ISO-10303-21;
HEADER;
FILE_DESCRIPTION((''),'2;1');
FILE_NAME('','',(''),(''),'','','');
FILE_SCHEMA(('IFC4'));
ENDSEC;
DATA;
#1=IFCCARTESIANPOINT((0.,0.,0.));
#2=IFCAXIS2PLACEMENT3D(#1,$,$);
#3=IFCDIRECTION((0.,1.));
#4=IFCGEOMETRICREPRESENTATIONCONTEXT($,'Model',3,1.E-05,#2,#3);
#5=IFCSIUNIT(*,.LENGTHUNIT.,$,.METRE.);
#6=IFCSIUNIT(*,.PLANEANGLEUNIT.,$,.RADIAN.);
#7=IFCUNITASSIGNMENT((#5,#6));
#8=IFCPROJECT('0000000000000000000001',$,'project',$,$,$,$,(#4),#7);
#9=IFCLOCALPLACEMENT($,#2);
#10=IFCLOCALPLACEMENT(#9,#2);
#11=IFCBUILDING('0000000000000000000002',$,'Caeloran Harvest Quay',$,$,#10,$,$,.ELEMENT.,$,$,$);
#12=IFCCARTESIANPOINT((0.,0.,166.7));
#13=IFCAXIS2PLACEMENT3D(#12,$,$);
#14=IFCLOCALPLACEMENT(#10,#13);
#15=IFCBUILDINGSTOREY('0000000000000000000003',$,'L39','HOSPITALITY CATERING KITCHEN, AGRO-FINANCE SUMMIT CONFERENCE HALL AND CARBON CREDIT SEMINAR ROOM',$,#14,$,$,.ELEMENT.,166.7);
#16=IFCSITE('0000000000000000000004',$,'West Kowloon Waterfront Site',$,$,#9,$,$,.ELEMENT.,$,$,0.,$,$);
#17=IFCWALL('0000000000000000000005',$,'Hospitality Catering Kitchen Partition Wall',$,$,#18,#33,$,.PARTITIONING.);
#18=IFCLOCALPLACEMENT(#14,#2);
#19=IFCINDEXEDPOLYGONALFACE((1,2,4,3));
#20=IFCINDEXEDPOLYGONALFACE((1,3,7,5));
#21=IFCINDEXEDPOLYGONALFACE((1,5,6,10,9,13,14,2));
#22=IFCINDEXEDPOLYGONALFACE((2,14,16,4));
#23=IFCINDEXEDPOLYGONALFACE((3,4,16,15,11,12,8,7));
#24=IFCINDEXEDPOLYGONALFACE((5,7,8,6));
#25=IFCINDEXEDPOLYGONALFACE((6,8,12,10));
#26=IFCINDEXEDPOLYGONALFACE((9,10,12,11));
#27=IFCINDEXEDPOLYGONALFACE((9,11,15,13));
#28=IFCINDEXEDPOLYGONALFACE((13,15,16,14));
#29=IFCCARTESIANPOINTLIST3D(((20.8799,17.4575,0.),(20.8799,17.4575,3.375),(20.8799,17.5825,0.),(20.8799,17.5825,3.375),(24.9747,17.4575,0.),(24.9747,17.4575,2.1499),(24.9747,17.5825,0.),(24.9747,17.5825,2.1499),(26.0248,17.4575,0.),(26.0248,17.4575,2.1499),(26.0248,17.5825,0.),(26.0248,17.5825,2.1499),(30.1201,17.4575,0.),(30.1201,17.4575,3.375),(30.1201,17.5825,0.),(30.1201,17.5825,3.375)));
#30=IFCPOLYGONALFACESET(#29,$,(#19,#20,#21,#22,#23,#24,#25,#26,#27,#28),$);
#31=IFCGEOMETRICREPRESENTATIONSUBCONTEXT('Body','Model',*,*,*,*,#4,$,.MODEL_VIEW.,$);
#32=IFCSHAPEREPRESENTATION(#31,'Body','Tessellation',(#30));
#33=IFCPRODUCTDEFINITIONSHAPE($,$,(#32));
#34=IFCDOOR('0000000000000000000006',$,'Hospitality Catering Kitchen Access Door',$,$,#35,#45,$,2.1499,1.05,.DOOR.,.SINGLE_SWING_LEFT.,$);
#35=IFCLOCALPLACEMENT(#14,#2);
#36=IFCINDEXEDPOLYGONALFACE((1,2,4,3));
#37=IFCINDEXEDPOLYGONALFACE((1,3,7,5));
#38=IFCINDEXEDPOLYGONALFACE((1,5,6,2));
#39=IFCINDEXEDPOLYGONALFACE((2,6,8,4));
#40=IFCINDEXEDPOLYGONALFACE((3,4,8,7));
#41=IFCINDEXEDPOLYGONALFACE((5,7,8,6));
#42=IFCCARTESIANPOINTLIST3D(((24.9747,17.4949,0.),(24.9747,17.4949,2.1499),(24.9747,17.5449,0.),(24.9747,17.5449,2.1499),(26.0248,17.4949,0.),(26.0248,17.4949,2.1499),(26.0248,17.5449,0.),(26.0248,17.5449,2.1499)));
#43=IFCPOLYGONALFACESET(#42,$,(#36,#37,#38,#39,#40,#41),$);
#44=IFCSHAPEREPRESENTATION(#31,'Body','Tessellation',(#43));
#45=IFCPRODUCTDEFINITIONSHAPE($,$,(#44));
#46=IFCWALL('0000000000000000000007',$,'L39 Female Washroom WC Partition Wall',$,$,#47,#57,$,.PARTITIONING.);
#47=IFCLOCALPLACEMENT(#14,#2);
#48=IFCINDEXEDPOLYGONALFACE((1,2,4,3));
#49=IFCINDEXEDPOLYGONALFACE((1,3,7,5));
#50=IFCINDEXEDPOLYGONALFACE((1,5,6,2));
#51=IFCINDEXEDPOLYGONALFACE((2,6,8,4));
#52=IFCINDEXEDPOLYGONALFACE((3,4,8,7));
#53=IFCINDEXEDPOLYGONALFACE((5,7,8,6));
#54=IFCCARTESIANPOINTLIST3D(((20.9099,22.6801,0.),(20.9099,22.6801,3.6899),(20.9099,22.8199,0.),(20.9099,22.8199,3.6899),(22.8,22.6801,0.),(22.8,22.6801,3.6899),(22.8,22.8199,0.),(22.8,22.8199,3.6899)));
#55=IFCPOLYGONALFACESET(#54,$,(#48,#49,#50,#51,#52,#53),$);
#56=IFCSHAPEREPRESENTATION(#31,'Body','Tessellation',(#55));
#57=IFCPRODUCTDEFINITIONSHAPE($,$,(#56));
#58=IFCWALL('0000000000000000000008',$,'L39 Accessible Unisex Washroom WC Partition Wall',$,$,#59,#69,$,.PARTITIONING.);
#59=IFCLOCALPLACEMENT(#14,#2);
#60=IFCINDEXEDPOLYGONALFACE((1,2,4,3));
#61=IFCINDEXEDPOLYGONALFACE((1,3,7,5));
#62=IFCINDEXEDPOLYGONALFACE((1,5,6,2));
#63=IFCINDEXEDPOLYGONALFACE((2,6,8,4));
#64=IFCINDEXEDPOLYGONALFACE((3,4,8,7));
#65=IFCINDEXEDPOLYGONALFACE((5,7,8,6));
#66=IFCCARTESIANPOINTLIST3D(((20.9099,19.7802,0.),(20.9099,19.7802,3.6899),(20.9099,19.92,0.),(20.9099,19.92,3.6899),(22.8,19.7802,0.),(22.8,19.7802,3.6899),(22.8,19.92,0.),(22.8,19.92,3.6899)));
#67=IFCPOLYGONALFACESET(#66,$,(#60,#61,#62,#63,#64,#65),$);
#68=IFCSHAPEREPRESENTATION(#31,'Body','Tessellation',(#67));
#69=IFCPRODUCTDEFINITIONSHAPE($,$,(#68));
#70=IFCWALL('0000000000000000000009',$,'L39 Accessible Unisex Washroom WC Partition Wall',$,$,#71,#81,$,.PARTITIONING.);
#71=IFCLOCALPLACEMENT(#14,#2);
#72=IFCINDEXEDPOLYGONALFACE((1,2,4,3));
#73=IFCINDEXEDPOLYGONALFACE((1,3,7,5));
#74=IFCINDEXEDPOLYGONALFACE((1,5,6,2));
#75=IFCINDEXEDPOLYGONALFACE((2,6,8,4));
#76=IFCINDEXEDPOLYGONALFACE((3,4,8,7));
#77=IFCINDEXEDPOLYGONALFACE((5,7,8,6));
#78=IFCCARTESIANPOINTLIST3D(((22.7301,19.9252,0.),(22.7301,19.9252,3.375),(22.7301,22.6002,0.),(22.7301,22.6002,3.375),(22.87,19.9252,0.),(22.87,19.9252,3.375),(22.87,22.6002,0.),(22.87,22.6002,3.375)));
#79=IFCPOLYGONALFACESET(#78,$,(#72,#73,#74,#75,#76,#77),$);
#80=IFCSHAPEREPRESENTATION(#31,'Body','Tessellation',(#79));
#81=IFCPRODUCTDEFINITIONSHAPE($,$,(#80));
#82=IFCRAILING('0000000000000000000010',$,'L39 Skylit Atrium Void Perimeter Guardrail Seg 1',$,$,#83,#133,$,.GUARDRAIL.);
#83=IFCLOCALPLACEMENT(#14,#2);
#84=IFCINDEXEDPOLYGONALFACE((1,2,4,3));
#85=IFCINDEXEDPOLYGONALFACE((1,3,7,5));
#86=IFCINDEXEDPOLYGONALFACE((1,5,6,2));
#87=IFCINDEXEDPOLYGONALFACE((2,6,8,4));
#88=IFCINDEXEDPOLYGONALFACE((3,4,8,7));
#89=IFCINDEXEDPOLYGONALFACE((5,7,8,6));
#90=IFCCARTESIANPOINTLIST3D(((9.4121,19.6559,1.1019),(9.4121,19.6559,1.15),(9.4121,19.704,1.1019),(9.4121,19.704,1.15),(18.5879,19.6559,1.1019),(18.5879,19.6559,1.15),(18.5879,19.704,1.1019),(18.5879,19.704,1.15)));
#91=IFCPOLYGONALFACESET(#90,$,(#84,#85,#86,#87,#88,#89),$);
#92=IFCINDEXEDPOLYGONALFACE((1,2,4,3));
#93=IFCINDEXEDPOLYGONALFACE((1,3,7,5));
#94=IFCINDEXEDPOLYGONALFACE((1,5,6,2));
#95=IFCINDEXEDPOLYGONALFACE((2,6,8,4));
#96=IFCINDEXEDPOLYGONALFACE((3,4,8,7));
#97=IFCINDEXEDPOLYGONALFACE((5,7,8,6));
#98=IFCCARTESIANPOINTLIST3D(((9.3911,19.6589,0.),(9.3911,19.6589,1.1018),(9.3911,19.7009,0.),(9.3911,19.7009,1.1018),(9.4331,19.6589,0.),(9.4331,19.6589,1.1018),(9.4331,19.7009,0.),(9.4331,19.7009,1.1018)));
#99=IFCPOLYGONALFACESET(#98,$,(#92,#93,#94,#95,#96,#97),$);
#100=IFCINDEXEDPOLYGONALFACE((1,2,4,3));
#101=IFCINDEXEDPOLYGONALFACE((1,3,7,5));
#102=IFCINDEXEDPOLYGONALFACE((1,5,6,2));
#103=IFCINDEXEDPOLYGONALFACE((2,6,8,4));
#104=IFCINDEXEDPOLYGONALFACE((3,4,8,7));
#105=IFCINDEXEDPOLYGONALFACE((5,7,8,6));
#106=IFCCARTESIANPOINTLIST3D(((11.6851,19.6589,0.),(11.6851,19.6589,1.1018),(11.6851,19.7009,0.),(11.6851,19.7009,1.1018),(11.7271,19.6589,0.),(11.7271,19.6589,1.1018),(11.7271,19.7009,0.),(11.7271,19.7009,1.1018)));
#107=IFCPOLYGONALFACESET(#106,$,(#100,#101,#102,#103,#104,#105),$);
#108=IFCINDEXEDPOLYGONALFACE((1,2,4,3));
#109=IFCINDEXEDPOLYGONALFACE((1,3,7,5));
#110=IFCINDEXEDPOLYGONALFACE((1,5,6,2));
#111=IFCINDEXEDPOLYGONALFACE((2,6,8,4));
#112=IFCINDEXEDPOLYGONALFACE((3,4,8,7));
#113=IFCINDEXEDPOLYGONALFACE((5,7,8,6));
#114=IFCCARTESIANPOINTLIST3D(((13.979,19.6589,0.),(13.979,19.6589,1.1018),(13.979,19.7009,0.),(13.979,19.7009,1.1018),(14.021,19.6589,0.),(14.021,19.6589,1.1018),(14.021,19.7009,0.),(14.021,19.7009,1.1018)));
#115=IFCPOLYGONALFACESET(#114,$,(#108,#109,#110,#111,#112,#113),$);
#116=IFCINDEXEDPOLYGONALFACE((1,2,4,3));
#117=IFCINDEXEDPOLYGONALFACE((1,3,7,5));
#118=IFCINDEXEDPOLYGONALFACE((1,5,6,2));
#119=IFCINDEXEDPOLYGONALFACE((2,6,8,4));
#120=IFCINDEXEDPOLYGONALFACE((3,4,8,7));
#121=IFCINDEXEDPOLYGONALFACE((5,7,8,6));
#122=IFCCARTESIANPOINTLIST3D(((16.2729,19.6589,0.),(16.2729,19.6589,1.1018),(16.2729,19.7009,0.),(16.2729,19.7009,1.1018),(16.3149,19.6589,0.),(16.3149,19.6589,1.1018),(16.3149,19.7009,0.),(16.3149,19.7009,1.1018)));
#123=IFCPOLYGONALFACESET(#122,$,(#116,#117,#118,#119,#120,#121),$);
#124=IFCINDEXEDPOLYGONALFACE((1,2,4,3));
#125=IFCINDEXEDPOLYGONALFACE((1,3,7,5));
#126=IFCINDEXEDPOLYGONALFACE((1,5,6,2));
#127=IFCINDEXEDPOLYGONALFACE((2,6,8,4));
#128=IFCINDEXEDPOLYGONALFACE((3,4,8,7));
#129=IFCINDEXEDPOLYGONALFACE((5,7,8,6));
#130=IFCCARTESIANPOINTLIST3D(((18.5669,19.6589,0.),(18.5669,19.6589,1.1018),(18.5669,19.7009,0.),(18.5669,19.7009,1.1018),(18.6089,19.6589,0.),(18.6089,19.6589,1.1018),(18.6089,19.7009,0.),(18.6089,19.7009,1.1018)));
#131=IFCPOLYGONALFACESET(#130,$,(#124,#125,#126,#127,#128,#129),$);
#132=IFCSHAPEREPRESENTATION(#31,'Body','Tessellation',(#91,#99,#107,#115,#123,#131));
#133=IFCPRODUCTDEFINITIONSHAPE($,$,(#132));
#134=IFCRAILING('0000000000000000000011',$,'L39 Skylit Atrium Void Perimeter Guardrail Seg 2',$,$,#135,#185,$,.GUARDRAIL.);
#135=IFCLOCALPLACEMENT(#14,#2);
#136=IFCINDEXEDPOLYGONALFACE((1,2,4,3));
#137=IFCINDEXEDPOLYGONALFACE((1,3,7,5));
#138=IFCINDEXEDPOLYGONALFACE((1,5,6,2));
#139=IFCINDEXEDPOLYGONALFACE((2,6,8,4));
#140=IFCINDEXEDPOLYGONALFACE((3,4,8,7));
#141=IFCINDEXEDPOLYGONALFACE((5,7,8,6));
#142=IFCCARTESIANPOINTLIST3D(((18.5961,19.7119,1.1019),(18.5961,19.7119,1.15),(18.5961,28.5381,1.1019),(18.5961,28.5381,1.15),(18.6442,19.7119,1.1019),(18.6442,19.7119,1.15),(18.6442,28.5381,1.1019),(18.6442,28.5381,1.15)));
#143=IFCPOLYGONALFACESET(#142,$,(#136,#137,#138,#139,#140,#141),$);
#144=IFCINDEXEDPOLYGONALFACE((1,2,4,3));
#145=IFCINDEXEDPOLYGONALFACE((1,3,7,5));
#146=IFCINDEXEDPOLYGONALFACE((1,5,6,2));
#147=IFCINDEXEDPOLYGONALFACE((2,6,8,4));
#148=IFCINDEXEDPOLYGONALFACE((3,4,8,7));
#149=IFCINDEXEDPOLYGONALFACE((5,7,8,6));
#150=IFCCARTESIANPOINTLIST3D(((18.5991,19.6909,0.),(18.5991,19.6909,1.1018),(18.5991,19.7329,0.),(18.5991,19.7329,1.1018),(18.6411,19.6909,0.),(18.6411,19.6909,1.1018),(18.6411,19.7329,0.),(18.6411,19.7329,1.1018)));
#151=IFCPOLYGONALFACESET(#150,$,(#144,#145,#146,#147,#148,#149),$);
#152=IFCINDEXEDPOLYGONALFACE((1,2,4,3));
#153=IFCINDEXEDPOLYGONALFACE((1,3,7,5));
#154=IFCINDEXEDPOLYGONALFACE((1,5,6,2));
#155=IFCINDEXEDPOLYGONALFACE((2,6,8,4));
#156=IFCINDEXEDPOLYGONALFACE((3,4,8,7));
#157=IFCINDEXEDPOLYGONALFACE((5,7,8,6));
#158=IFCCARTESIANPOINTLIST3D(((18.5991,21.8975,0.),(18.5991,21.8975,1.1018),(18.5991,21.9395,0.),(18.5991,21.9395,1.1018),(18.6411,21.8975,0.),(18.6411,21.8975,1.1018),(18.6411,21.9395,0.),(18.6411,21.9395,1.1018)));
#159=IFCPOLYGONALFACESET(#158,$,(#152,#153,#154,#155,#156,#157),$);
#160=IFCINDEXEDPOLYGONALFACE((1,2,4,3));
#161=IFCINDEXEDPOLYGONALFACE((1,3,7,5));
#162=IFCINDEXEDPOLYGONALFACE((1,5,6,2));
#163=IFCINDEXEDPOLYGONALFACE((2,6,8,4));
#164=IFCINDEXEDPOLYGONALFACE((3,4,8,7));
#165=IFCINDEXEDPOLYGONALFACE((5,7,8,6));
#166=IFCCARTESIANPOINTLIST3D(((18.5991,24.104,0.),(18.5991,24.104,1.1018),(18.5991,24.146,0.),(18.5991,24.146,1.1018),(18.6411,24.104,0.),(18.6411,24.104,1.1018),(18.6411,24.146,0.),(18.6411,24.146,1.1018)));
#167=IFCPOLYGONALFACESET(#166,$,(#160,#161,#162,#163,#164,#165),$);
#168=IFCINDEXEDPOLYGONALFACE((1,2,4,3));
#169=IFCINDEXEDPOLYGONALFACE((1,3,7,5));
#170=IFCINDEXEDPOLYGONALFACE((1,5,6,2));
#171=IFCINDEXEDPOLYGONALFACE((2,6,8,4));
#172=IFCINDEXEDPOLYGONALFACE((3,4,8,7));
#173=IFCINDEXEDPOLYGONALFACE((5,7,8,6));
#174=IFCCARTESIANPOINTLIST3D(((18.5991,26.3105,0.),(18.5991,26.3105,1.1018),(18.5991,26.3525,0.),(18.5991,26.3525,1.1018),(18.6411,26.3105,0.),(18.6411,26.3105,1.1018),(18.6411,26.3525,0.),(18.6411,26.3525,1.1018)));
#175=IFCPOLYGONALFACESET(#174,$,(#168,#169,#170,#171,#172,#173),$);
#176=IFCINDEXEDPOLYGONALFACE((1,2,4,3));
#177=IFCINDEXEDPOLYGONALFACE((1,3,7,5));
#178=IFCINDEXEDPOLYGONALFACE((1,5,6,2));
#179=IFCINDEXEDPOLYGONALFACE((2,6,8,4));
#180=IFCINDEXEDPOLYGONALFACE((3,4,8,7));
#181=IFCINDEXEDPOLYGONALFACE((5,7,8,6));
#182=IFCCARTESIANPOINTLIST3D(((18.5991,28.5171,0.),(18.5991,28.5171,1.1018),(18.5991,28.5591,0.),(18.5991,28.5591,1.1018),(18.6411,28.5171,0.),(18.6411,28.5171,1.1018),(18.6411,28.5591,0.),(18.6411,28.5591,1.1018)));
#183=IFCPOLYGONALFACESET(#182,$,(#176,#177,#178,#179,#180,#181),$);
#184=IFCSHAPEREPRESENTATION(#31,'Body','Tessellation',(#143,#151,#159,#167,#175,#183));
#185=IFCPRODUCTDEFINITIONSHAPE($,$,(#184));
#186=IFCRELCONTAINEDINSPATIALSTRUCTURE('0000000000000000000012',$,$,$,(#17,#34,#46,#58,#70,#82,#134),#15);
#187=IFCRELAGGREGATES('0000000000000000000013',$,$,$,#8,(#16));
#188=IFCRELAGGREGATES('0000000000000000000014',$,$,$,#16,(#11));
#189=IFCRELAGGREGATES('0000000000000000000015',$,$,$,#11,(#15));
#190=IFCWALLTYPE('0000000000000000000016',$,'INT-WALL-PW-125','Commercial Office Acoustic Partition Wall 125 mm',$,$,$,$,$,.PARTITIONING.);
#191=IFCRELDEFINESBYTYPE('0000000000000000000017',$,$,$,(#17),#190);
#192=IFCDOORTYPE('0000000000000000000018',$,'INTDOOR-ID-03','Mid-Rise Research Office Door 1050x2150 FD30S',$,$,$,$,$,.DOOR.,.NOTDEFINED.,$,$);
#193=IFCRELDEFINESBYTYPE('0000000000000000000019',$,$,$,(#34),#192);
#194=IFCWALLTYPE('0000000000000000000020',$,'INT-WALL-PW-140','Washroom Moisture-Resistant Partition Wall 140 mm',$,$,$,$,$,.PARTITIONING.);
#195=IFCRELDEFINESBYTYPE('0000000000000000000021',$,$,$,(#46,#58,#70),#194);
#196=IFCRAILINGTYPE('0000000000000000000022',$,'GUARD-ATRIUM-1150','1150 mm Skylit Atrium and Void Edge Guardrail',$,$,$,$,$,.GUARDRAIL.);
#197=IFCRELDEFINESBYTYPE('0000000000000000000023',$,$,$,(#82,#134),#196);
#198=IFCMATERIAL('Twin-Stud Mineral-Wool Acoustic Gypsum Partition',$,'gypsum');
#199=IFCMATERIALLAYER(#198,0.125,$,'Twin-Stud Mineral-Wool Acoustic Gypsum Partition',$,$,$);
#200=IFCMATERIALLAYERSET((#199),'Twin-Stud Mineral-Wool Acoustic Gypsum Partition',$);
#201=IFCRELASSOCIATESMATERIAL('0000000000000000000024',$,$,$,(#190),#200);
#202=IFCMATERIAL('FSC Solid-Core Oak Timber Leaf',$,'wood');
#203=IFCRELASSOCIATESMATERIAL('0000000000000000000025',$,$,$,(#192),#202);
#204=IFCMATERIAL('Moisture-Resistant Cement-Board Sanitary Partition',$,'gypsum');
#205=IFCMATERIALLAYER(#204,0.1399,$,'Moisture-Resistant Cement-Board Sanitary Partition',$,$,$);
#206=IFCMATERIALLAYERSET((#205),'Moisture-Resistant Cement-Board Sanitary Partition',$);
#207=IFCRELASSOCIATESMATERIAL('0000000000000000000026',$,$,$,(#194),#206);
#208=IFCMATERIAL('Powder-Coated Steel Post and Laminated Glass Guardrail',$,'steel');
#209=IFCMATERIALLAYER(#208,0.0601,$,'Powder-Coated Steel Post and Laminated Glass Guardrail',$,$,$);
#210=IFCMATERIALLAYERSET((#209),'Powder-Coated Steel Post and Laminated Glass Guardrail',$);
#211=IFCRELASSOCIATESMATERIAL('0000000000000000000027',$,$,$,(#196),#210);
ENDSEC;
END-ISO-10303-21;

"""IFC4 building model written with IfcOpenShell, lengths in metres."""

from ifc_helpers import new_model, si_unit, direction, frame, frame_2d, origin, origin_2d, place, context, subcontext, project, spatial, rectangle, extrude, material, layer, layer_set, type_object, element, fill, save


model = new_model("IFC4")

# Units and contexts
model_context = context("Model", 3, precision=1e-05, world=origin(), true_north=direction((0.0, 1.0)))
body_context = subcontext(model_context, "Body", "Model", "MODEL_VIEW")
ifc_project = project(units=[si_unit("LENGTHUNIT", "METRE"), si_unit("PLANEANGLEUNIT", "RADIAN")], contexts=[model_context])

# Site, building, storey
site_placement = place(None, origin())
site = spatial("IfcSite", under=ifc_project, at=site_placement, Name="West Kowloon Waterfront Site", CompositionType="ELEMENT", RefElevation=0.0)
building_placement = place(site_placement, origin())
building = spatial("IfcBuilding", under=site, at=building_placement, Name="Caeloran Harvest Quay", CompositionType="ELEMENT")
storey_placement = place(building_placement, frame((0.0, 0.0, 166.7)))
storey = spatial("IfcBuildingStorey", under=building, at=storey_placement, Name="L39", Description="HOSPITALITY CATERING KITCHEN, AGRO-FINANCE SUMMIT CONFERENCE HALL AND CARBON CREDIT SEMINAR ROOM", CompositionType="ELEMENT", Elevation=166.7)

# Shared definitions
ifc_material_1 = material(Name="Twin-Stud Mineral-Wool Acoustic Gypsum Partition", Category="gypsum")
ifc_layer_1 = layer(ifc_material_1, 0.125, Name="Twin-Stud Mineral-Wool Acoustic Gypsum Partition")
ifc_layer_set_1 = layer_set([ifc_layer_1], Name="Twin-Stud Mineral-Wool Acoustic Gypsum Partition")
wall_type_1 = type_object("IfcWallType", Name="INT-WALL-PW-125", Description="Commercial Office Acoustic Partition Wall 125 mm", PredefinedType="PARTITIONING", material=ifc_layer_set_1)
ifc_material_2 = material(Name="FSC Solid-Core Oak Timber Leaf", Category="wood")
door_type_1 = type_object("IfcDoorType", Name="INTDOOR-ID-03", Description="Mid-Rise Research Office Door 1050x2150 FD30S", OperationType="NOTDEFINED", PredefinedType="DOOR", material=ifc_material_2)

# Wall, opening, door
wall_1_placement = place(storey_placement, frame((20.8799, 17.52, 0.0), z_axis=(0.0, 0.0, 1.0), x_axis=(1.0, 0.0, 0.0)))
wall_1 = element("IfcWall", 1, at=wall_1_placement, inside=storey, type_object=wall_type_1, Name="Hospitality Catering Kitchen Partition Wall", PredefinedType="PARTITIONING", context=body_context, shape_type="SweptSolid", body=[
    extrude(rectangle(XDim=9.2402, YDim=0.125, at=frame_2d((4.6201, 0.0))), origin(), (0.0, 0.0, 1.0), 3.375),
])
opening_1_placement = place(wall_1_placement, frame((4.095, 0.0, 0.0)))
opening_1 = element("IfcOpeningElement", 2, at=opening_1_placement, cuts=wall_1, PredefinedType="OPENING", context=body_context, shape_type="SweptSolid", body=[
    extrude(rectangle(XDim=1.05, YDim=2.1499, at=frame_2d((0.5249, 1.075))), frame((0.0, 0.0725, 0.0), z_axis=(0.0, -1.0, 0.0), x_axis=(1.0, 0.0, 0.0)), (0.0, 0.0, 1.0), 0.145),
])
door_1_placement = place(opening_1_placement, origin())
door_1 = element("IfcDoor", 3, at=door_1_placement, inside=storey, type_object=door_type_1, Name="Hospitality Catering Kitchen Access Door", OperationType="SINGLE_SWING_LEFT", OverallHeight=2.1499, OverallWidth=1.05, PredefinedType="DOOR", context=body_context, shape_type="SweptSolid", body=[
    extrude(rectangle(XDim=1.05, YDim=2.1499, at=frame_2d((0.5249, 1.075))), frame((0.0, 0.0249, 0.0), z_axis=(0.0, -1.0, 0.0), x_axis=(1.0, 0.0, 0.0)), (0.0, 0.0, 1.0), 0.05),
])
fill(opening_1, door_1)

# Wall
ifc_material_3 = material(Name="Moisture-Resistant Cement-Board Sanitary Partition", Category="gypsum")
ifc_layer_2 = layer(ifc_material_3, 0.1399, Name="Moisture-Resistant Cement-Board Sanitary Partition")
ifc_layer_set_2 = layer_set([ifc_layer_2], Name="Moisture-Resistant Cement-Board Sanitary Partition")
wall_type_2 = type_object("IfcWallType", Name="INT-WALL-PW-140", Description="Washroom Moisture-Resistant Partition Wall 140 mm", PredefinedType="PARTITIONING", material=ifc_layer_set_2)
wall_2_placement = place(storey_placement, frame((22.8, 22.75, 0.0), z_axis=(0.0, 0.0, 1.0), x_axis=(-1.0, 0.0, 0.0)))
element("IfcWall", 4, at=wall_2_placement, inside=storey, type_object=wall_type_2, Name="L39 Female Washroom WC Partition Wall", PredefinedType="PARTITIONING", context=body_context, shape_type="SweptSolid", body=[
    extrude(rectangle(XDim=1.8901, YDim=0.1399, at=frame_2d((0.9451, 0.0))), origin(), (0.0, 0.0, 1.0), 3.6899),
])

# Wall
wall_3_placement = place(storey_placement, frame((22.8, 19.8501, 0.0), z_axis=(0.0, 0.0, 1.0), x_axis=(-1.0, 0.0, 0.0)))
element("IfcWall", 5, at=wall_3_placement, inside=storey, type_object=wall_type_2, Name="L39 Accessible Unisex Washroom WC Partition Wall", PredefinedType="PARTITIONING", context=body_context, shape_type="SweptSolid", body=[
    extrude(rectangle(XDim=1.8901, YDim=0.1399, at=frame_2d((0.9451, 0.0))), origin(), (0.0, 0.0, 1.0), 3.6899),
])

# Wall
wall_4_placement = place(storey_placement, frame((22.8, 22.6001, 0.0), z_axis=(0.0, 0.0, 1.0), x_axis=(0.0, -1.0, 0.0)))
element("IfcWall", 6, at=wall_4_placement, inside=storey, type_object=wall_type_2, Name="L39 Accessible Unisex Washroom WC Partition Wall", PredefinedType="PARTITIONING", context=body_context, shape_type="SweptSolid", body=[
    extrude(rectangle(XDim=2.675, YDim=0.1399, at=frame_2d((1.3374, 0.0))), origin(), (0.0, 0.0, 1.0), 3.375),
])

# Railings
ifc_material_4 = material(Name="Powder-Coated Steel Post and Laminated Glass Guardrail", Category="steel")
ifc_layer_3 = layer(ifc_material_4, 0.0601, Name="Powder-Coated Steel Post and Laminated Glass Guardrail")
ifc_layer_set_3 = layer_set([ifc_layer_3], Name="Powder-Coated Steel Post and Laminated Glass Guardrail")
railing_type = type_object("IfcRailingType", Name="GUARD-ATRIUM-1150", Description="1150 mm Skylit Atrium and Void Edge Guardrail", PredefinedType="GUARDRAIL", material=ifc_layer_set_3)
railing_1_placement = place(storey_placement, frame((9.4121, 19.6799, 0.0)))
element("IfcRailing", 7, at=railing_1_placement, inside=storey, type_object=railing_type, Name="L39 Skylit Atrium Void Perimeter Guardrail Seg 1", PredefinedType="GUARDRAIL", context=body_context, shape_type="SweptSolid", body=[
    extrude(rectangle(XDim=0.0481, YDim=0.0481, at=origin_2d()), frame((0.0, 0.0, 1.126), z_axis=(1.0, 0.0, 0.0), x_axis=(0.0, 1.0, 0.0)), (0.0, 0.0, 1.0), 9.1758),
    extrude(rectangle(XDim=0.042, YDim=0.042, at=origin_2d()), origin(), (0.0, 0.0, 1.0), 1.1018),
    extrude(rectangle(XDim=0.042, YDim=0.042, at=origin_2d()), frame((2.2939, 0.0, 0.0)), (0.0, 0.0, 1.0), 1.1018),
    extrude(rectangle(XDim=0.042, YDim=0.042, at=origin_2d()), frame((4.5879, 0.0, 0.0)), (0.0, 0.0, 1.0), 1.1018),
    extrude(rectangle(XDim=0.042, YDim=0.042, at=origin_2d()), frame((6.8818, 0.0, 0.0)), (0.0, 0.0, 1.0), 1.1018),
    extrude(rectangle(XDim=0.042, YDim=0.042, at=origin_2d()), frame((9.1758, 0.0, 0.0)), (0.0, 0.0, 1.0), 1.1018),
])
railing_2_placement = place(storey_placement, frame((18.6201, 19.7119, 0.0)))
element("IfcRailing", 8, at=railing_2_placement, inside=storey, type_object=railing_type, Name="L39 Skylit Atrium Void Perimeter Guardrail Seg 2", PredefinedType="GUARDRAIL", context=body_context, shape_type="SweptSolid", body=[
    extrude(rectangle(XDim=0.0481, YDim=0.0481, at=origin_2d()), frame((0.0, 0.0, 1.126), z_axis=(0.0, 1.0, 0.0), x_axis=(-1.0, 0.0, 0.0)), (0.0, 0.0, 1.0), 8.8262),
    extrude(rectangle(XDim=0.042, YDim=0.042, at=origin_2d()), origin(), (0.0, 0.0, 1.0), 1.1018),
    extrude(rectangle(XDim=0.042, YDim=0.042, at=origin_2d()), frame((0.0, 2.2065, 0.0)), (0.0, 0.0, 1.0), 1.1018),
    extrude(rectangle(XDim=0.042, YDim=0.042, at=origin_2d()), frame((0.0, 4.4131, 0.0)), (0.0, 0.0, 1.0), 1.1018),
    extrude(rectangle(XDim=0.042, YDim=0.042, at=origin_2d()), frame((0.0, 6.6196, 0.0)), (0.0, 0.0, 1.0), 1.1018),
    extrude(rectangle(XDim=0.042, YDim=0.042, at=origin_2d()), frame((0.0, 8.8262, 0.0)), (0.0, 0.0, 1.0), 1.1018),
])

save(model, "model.ifc")
